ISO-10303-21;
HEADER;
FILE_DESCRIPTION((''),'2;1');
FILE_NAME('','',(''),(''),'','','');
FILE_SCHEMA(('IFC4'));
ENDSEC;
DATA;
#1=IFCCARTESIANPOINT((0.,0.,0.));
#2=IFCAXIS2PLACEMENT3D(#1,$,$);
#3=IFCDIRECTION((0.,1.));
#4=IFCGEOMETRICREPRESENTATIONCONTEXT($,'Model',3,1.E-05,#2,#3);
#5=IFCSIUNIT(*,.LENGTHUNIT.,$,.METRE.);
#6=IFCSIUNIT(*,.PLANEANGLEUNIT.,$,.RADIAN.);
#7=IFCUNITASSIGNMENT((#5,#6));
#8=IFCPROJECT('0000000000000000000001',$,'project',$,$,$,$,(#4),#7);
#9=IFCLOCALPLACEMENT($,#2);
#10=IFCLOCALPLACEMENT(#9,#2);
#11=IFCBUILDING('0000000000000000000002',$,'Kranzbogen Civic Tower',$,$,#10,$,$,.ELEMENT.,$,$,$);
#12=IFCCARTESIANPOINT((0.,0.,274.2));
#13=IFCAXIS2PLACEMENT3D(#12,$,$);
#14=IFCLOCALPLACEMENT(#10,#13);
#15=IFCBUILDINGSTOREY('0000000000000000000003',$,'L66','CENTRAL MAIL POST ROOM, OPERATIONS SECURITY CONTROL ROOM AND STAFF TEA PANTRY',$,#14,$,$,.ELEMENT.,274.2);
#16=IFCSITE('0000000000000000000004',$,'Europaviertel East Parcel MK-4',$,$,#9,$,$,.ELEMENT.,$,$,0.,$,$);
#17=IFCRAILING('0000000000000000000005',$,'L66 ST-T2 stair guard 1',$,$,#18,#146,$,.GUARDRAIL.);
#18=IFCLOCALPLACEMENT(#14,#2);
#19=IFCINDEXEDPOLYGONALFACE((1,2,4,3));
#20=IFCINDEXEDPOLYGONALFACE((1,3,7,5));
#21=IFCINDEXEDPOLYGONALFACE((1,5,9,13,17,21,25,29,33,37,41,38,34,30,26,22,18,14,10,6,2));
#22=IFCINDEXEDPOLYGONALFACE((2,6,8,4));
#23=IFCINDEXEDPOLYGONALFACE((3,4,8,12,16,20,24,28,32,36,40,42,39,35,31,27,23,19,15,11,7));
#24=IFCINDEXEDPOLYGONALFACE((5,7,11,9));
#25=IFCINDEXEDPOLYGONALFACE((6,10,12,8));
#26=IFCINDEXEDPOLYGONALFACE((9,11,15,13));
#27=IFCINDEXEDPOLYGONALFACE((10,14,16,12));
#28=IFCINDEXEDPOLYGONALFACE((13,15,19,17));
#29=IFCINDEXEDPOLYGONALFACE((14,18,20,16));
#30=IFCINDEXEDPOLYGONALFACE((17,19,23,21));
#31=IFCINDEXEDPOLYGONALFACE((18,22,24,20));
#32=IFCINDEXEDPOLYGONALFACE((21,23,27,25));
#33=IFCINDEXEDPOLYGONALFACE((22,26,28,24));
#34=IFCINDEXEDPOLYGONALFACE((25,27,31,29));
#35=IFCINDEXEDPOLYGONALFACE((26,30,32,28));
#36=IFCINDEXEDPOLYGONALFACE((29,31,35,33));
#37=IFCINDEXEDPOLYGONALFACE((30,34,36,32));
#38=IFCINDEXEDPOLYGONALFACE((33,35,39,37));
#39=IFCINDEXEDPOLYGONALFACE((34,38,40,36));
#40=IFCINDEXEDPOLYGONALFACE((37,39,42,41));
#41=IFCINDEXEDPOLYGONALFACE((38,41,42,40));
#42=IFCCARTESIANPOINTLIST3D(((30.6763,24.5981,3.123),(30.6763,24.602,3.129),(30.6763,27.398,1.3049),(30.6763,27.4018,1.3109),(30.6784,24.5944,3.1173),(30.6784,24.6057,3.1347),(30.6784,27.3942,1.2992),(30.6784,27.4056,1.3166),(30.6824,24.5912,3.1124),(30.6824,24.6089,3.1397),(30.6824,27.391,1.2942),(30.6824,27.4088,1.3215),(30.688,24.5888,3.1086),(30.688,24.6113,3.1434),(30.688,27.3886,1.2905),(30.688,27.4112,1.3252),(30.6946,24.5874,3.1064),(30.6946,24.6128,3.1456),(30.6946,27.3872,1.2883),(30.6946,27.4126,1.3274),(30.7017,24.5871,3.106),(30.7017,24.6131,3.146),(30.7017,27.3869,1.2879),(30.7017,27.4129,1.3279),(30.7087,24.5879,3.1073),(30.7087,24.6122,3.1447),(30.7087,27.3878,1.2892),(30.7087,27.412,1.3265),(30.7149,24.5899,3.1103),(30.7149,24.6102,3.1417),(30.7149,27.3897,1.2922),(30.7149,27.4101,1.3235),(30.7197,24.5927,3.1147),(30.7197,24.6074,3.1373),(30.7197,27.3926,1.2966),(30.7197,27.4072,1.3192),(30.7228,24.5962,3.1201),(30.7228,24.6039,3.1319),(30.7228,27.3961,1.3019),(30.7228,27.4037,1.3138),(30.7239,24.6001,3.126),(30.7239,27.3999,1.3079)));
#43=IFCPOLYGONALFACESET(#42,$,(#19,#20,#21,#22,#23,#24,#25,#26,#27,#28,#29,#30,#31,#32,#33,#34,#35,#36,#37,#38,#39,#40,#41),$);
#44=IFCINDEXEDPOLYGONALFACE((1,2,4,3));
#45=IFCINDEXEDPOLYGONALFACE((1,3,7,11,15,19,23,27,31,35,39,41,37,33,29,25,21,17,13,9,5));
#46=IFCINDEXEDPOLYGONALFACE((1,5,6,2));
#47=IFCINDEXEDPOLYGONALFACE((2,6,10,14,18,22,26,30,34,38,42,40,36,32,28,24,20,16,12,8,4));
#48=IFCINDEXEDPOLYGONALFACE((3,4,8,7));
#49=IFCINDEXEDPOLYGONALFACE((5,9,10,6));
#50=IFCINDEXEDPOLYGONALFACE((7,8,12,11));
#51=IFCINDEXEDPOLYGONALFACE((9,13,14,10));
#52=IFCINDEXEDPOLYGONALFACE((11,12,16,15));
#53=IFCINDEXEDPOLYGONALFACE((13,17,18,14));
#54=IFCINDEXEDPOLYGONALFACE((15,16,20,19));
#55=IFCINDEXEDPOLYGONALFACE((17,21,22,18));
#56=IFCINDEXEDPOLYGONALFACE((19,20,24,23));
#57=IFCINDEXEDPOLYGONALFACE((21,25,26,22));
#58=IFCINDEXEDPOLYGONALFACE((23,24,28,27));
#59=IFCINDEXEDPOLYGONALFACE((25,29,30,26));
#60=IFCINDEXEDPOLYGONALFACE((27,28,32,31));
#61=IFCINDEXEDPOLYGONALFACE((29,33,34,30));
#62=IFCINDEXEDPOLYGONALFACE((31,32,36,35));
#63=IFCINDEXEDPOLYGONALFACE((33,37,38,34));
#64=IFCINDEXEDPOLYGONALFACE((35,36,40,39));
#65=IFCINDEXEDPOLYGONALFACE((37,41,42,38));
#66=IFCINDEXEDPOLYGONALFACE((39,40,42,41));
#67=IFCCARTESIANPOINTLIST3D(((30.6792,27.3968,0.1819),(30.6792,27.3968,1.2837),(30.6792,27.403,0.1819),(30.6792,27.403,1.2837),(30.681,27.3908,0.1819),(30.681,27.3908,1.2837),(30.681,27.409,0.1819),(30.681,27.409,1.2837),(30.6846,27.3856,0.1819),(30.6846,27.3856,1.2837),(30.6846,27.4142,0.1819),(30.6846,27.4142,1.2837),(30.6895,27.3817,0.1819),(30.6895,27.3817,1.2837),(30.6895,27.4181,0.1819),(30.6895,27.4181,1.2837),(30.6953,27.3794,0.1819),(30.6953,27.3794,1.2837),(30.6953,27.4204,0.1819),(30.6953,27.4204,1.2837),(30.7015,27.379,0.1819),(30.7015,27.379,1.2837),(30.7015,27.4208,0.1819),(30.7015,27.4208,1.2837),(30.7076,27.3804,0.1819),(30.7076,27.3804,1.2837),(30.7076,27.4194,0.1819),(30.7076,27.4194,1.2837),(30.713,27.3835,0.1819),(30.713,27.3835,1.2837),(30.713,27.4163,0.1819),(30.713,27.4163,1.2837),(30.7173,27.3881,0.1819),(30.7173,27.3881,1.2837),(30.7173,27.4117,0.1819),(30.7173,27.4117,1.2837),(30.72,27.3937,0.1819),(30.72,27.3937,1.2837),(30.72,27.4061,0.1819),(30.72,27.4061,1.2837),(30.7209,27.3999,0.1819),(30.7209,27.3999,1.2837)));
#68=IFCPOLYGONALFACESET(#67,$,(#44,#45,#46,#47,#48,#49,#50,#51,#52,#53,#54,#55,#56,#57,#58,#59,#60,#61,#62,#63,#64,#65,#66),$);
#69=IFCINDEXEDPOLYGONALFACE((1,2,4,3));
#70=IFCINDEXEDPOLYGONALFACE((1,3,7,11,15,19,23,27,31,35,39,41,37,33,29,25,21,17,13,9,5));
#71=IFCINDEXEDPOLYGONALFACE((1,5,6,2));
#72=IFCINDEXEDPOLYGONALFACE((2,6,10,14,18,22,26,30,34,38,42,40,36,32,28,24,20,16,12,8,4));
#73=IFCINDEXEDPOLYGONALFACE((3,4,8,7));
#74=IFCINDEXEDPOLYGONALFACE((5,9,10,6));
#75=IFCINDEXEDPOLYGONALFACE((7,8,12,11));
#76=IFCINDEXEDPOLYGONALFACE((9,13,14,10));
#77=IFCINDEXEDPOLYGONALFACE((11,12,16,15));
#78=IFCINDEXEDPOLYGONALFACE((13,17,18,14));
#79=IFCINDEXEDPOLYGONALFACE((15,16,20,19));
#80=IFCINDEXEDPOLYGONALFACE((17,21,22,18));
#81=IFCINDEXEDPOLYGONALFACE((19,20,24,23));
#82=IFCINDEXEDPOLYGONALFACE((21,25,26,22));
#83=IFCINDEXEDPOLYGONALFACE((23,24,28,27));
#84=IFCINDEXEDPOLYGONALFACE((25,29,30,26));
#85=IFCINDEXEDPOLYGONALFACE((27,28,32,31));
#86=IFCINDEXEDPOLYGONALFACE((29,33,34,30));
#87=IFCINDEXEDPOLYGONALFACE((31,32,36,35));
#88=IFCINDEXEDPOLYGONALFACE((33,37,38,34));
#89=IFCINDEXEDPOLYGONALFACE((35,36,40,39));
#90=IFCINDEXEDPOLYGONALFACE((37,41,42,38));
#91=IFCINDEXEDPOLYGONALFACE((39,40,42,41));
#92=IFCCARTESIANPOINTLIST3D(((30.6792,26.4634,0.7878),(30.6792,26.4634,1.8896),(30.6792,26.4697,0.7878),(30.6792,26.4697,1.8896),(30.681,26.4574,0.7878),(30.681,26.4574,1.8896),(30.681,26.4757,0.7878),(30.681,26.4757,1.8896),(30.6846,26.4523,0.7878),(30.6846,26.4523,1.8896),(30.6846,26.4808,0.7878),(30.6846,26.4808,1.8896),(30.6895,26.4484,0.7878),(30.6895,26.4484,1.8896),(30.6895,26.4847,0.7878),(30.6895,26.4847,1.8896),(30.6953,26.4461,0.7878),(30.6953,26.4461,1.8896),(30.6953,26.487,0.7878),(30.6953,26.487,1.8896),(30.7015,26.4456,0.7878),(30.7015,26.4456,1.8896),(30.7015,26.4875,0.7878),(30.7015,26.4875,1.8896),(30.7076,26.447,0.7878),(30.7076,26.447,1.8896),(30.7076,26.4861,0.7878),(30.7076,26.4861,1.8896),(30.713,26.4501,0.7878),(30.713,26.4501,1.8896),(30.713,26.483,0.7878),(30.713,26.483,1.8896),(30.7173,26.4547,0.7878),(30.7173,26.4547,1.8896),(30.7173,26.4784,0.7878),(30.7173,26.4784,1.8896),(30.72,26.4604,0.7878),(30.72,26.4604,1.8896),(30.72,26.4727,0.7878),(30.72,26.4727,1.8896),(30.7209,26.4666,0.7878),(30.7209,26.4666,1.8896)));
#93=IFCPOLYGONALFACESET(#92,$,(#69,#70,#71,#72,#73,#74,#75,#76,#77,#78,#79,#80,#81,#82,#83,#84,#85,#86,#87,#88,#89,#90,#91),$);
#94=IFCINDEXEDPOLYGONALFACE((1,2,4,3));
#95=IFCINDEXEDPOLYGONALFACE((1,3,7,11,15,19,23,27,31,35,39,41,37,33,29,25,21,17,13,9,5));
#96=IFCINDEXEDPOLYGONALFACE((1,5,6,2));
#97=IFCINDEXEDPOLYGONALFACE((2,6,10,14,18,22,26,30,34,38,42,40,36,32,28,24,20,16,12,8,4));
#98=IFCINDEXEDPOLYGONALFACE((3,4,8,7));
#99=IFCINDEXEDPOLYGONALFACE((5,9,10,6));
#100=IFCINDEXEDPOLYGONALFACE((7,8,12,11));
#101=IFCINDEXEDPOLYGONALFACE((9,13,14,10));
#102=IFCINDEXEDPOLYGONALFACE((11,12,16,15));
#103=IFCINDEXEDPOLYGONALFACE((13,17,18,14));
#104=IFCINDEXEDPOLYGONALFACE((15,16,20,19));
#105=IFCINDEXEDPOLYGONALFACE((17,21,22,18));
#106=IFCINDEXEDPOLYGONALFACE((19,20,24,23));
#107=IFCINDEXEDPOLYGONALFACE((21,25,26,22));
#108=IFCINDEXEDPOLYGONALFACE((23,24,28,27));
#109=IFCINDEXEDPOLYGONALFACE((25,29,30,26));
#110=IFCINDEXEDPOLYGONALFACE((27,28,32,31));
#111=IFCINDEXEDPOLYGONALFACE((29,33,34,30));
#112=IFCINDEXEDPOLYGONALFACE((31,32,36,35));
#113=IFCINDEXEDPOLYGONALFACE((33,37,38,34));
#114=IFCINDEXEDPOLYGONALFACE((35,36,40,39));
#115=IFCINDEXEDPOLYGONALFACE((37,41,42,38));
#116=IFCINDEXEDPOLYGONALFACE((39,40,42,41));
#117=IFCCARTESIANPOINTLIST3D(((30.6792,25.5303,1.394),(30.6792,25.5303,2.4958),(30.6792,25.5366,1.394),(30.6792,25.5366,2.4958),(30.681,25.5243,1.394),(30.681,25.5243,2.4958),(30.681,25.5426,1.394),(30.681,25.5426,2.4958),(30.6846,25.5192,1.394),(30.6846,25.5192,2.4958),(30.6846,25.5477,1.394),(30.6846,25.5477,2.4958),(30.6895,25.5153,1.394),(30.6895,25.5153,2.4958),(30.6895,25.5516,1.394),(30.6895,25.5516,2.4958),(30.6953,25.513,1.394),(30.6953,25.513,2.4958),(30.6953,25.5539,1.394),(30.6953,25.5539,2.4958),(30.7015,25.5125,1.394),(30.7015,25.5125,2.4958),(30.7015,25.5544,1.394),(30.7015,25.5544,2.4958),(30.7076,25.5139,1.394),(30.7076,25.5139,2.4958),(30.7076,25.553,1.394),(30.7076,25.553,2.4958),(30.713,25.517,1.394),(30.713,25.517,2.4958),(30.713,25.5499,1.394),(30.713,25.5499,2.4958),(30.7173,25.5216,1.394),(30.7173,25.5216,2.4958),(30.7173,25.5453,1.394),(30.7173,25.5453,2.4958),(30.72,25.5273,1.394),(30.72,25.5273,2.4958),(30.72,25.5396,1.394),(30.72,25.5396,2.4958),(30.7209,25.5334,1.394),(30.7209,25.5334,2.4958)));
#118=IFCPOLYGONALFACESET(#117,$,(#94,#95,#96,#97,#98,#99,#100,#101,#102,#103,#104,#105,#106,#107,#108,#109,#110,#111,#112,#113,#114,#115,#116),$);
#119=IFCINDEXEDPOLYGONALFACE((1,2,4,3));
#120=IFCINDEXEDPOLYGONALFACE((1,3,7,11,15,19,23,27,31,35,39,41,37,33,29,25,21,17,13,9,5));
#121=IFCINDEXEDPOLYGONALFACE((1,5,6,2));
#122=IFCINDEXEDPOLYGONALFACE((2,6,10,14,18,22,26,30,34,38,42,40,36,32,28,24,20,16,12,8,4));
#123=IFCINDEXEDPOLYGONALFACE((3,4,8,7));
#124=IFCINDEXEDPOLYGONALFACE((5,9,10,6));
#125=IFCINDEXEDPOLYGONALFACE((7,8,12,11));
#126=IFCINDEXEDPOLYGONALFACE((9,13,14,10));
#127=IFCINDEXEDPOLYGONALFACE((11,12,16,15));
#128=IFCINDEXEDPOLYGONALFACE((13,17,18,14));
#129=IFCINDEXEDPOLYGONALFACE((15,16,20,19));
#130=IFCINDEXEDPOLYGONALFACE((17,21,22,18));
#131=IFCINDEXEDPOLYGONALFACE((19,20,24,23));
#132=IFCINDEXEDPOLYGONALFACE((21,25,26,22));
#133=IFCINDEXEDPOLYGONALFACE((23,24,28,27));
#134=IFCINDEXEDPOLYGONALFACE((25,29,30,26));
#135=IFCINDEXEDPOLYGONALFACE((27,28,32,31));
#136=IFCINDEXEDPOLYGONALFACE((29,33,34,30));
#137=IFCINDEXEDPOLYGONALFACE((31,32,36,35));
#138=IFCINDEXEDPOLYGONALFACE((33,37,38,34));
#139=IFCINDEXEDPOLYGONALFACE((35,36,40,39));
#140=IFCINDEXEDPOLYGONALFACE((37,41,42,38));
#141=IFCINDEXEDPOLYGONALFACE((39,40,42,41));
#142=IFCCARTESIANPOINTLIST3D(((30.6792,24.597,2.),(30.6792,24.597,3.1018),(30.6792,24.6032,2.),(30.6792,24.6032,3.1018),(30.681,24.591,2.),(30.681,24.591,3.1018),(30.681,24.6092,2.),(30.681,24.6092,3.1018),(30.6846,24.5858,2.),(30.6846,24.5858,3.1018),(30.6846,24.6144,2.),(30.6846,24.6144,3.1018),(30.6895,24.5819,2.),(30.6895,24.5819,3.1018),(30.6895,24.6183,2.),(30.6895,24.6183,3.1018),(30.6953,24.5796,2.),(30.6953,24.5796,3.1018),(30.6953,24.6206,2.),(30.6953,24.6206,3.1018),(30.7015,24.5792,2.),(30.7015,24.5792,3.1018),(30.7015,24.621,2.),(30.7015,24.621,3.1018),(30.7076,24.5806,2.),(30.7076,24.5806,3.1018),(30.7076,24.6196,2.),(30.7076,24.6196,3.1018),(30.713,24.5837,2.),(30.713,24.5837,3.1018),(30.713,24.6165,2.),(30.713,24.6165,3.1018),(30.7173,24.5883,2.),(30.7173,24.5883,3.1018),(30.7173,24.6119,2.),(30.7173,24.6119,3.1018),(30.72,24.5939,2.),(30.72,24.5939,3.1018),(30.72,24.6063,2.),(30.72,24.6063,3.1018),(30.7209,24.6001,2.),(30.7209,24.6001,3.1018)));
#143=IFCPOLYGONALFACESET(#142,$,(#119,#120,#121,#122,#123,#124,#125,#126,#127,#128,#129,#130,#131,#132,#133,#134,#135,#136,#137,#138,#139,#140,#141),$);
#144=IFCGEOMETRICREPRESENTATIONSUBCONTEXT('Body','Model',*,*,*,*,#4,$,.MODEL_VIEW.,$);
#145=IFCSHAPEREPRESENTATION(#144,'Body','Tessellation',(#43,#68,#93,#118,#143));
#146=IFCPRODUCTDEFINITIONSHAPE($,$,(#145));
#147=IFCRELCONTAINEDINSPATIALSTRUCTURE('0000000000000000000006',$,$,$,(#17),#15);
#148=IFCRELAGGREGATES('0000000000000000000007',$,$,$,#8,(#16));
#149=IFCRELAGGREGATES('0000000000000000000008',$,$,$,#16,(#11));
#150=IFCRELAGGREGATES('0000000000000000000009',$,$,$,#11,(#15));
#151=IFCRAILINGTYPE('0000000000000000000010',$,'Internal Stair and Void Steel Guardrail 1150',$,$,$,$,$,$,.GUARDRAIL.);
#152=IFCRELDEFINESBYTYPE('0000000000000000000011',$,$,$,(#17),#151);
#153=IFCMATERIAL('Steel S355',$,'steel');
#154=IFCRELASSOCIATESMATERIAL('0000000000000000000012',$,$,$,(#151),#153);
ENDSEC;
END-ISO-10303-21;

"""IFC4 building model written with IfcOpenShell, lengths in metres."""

from ifc_helpers import new_model, si_unit, direction, frame, origin, origin_2d, place, context, subcontext, project, spatial, circle, extrude, material, type_object, element, save


model = new_model("IFC4")

# Units and contexts
model_context = context("Model", 3, precision=1e-05, world=origin(), true_north=direction((0.0, 1.0)))
body_context = subcontext(model_context, "Body", "Model", "MODEL_VIEW")
ifc_project = project(units=[si_unit("LENGTHUNIT", "METRE"), si_unit("PLANEANGLEUNIT", "RADIAN")], contexts=[model_context])

# Site, building, storey
site_placement = place(None, origin())
site = spatial("IfcSite", under=ifc_project, at=site_placement, Name="Europaviertel East Parcel MK-4", CompositionType="ELEMENT", RefElevation=0.0)
building_placement = place(site_placement, origin())
building = spatial("IfcBuilding", under=site, at=building_placement, Name="Kranzbogen Civic Tower", CompositionType="ELEMENT")
storey_placement = place(building_placement, frame((0.0, 0.0, 274.2)))
storey = spatial("IfcBuildingStorey", under=building, at=storey_placement, Name="L66", Description="CENTRAL MAIL POST ROOM, OPERATIONS SECURITY CONTROL ROOM AND STAFF TEA PANTRY", CompositionType="ELEMENT", Elevation=274.2)

# Shared definitions
ifc_material_1 = material(Name="Steel S355", Category="steel")

# Railing
railing_type_1 = type_object("IfcRailingType", Name="Internal Stair and Void Steel Guardrail 1150", PredefinedType="GUARDRAIL", material=ifc_material_1)
railing_1_placement = place(storey_placement, frame((30.7, 27.3999, 0.1819)))
element("IfcRailing", 1, at=railing_1_placement, inside=storey, type_object=railing_type_1, Name="L66 ST-T2 stair guard 1", PredefinedType="GUARDRAIL", context=body_context, shape_type="SweptSolid", body=[
    extrude(circle(Radius=0.0239, at=origin_2d()), frame((0.0, 0.0, 1.126), z_axis=(0.0, -0.838684, 0.544618), x_axis=(1.0, 0.0, 0.0)), (0.0, 0.0, 1.0), 3.3384),
    extrude(circle(Radius=0.021, at=origin_2d()), origin(), (0.0, 0.0, 1.0), 1.1018),
    extrude(circle(Radius=0.021, at=origin_2d()), frame((0.0, -0.9333, 0.606)), (0.0, 0.0, 1.0), 1.1018),
    extrude(circle(Radius=0.021, at=origin_2d()), frame((0.0, -1.8665, 1.2122)), (0.0, 0.0, 1.0), 1.1018),
    extrude(circle(Radius=0.021, at=origin_2d()), frame((0.0, -2.7998, 1.8181)), (0.0, 0.0, 1.0), 1.1018),
])

save(model, "model.ifc")
